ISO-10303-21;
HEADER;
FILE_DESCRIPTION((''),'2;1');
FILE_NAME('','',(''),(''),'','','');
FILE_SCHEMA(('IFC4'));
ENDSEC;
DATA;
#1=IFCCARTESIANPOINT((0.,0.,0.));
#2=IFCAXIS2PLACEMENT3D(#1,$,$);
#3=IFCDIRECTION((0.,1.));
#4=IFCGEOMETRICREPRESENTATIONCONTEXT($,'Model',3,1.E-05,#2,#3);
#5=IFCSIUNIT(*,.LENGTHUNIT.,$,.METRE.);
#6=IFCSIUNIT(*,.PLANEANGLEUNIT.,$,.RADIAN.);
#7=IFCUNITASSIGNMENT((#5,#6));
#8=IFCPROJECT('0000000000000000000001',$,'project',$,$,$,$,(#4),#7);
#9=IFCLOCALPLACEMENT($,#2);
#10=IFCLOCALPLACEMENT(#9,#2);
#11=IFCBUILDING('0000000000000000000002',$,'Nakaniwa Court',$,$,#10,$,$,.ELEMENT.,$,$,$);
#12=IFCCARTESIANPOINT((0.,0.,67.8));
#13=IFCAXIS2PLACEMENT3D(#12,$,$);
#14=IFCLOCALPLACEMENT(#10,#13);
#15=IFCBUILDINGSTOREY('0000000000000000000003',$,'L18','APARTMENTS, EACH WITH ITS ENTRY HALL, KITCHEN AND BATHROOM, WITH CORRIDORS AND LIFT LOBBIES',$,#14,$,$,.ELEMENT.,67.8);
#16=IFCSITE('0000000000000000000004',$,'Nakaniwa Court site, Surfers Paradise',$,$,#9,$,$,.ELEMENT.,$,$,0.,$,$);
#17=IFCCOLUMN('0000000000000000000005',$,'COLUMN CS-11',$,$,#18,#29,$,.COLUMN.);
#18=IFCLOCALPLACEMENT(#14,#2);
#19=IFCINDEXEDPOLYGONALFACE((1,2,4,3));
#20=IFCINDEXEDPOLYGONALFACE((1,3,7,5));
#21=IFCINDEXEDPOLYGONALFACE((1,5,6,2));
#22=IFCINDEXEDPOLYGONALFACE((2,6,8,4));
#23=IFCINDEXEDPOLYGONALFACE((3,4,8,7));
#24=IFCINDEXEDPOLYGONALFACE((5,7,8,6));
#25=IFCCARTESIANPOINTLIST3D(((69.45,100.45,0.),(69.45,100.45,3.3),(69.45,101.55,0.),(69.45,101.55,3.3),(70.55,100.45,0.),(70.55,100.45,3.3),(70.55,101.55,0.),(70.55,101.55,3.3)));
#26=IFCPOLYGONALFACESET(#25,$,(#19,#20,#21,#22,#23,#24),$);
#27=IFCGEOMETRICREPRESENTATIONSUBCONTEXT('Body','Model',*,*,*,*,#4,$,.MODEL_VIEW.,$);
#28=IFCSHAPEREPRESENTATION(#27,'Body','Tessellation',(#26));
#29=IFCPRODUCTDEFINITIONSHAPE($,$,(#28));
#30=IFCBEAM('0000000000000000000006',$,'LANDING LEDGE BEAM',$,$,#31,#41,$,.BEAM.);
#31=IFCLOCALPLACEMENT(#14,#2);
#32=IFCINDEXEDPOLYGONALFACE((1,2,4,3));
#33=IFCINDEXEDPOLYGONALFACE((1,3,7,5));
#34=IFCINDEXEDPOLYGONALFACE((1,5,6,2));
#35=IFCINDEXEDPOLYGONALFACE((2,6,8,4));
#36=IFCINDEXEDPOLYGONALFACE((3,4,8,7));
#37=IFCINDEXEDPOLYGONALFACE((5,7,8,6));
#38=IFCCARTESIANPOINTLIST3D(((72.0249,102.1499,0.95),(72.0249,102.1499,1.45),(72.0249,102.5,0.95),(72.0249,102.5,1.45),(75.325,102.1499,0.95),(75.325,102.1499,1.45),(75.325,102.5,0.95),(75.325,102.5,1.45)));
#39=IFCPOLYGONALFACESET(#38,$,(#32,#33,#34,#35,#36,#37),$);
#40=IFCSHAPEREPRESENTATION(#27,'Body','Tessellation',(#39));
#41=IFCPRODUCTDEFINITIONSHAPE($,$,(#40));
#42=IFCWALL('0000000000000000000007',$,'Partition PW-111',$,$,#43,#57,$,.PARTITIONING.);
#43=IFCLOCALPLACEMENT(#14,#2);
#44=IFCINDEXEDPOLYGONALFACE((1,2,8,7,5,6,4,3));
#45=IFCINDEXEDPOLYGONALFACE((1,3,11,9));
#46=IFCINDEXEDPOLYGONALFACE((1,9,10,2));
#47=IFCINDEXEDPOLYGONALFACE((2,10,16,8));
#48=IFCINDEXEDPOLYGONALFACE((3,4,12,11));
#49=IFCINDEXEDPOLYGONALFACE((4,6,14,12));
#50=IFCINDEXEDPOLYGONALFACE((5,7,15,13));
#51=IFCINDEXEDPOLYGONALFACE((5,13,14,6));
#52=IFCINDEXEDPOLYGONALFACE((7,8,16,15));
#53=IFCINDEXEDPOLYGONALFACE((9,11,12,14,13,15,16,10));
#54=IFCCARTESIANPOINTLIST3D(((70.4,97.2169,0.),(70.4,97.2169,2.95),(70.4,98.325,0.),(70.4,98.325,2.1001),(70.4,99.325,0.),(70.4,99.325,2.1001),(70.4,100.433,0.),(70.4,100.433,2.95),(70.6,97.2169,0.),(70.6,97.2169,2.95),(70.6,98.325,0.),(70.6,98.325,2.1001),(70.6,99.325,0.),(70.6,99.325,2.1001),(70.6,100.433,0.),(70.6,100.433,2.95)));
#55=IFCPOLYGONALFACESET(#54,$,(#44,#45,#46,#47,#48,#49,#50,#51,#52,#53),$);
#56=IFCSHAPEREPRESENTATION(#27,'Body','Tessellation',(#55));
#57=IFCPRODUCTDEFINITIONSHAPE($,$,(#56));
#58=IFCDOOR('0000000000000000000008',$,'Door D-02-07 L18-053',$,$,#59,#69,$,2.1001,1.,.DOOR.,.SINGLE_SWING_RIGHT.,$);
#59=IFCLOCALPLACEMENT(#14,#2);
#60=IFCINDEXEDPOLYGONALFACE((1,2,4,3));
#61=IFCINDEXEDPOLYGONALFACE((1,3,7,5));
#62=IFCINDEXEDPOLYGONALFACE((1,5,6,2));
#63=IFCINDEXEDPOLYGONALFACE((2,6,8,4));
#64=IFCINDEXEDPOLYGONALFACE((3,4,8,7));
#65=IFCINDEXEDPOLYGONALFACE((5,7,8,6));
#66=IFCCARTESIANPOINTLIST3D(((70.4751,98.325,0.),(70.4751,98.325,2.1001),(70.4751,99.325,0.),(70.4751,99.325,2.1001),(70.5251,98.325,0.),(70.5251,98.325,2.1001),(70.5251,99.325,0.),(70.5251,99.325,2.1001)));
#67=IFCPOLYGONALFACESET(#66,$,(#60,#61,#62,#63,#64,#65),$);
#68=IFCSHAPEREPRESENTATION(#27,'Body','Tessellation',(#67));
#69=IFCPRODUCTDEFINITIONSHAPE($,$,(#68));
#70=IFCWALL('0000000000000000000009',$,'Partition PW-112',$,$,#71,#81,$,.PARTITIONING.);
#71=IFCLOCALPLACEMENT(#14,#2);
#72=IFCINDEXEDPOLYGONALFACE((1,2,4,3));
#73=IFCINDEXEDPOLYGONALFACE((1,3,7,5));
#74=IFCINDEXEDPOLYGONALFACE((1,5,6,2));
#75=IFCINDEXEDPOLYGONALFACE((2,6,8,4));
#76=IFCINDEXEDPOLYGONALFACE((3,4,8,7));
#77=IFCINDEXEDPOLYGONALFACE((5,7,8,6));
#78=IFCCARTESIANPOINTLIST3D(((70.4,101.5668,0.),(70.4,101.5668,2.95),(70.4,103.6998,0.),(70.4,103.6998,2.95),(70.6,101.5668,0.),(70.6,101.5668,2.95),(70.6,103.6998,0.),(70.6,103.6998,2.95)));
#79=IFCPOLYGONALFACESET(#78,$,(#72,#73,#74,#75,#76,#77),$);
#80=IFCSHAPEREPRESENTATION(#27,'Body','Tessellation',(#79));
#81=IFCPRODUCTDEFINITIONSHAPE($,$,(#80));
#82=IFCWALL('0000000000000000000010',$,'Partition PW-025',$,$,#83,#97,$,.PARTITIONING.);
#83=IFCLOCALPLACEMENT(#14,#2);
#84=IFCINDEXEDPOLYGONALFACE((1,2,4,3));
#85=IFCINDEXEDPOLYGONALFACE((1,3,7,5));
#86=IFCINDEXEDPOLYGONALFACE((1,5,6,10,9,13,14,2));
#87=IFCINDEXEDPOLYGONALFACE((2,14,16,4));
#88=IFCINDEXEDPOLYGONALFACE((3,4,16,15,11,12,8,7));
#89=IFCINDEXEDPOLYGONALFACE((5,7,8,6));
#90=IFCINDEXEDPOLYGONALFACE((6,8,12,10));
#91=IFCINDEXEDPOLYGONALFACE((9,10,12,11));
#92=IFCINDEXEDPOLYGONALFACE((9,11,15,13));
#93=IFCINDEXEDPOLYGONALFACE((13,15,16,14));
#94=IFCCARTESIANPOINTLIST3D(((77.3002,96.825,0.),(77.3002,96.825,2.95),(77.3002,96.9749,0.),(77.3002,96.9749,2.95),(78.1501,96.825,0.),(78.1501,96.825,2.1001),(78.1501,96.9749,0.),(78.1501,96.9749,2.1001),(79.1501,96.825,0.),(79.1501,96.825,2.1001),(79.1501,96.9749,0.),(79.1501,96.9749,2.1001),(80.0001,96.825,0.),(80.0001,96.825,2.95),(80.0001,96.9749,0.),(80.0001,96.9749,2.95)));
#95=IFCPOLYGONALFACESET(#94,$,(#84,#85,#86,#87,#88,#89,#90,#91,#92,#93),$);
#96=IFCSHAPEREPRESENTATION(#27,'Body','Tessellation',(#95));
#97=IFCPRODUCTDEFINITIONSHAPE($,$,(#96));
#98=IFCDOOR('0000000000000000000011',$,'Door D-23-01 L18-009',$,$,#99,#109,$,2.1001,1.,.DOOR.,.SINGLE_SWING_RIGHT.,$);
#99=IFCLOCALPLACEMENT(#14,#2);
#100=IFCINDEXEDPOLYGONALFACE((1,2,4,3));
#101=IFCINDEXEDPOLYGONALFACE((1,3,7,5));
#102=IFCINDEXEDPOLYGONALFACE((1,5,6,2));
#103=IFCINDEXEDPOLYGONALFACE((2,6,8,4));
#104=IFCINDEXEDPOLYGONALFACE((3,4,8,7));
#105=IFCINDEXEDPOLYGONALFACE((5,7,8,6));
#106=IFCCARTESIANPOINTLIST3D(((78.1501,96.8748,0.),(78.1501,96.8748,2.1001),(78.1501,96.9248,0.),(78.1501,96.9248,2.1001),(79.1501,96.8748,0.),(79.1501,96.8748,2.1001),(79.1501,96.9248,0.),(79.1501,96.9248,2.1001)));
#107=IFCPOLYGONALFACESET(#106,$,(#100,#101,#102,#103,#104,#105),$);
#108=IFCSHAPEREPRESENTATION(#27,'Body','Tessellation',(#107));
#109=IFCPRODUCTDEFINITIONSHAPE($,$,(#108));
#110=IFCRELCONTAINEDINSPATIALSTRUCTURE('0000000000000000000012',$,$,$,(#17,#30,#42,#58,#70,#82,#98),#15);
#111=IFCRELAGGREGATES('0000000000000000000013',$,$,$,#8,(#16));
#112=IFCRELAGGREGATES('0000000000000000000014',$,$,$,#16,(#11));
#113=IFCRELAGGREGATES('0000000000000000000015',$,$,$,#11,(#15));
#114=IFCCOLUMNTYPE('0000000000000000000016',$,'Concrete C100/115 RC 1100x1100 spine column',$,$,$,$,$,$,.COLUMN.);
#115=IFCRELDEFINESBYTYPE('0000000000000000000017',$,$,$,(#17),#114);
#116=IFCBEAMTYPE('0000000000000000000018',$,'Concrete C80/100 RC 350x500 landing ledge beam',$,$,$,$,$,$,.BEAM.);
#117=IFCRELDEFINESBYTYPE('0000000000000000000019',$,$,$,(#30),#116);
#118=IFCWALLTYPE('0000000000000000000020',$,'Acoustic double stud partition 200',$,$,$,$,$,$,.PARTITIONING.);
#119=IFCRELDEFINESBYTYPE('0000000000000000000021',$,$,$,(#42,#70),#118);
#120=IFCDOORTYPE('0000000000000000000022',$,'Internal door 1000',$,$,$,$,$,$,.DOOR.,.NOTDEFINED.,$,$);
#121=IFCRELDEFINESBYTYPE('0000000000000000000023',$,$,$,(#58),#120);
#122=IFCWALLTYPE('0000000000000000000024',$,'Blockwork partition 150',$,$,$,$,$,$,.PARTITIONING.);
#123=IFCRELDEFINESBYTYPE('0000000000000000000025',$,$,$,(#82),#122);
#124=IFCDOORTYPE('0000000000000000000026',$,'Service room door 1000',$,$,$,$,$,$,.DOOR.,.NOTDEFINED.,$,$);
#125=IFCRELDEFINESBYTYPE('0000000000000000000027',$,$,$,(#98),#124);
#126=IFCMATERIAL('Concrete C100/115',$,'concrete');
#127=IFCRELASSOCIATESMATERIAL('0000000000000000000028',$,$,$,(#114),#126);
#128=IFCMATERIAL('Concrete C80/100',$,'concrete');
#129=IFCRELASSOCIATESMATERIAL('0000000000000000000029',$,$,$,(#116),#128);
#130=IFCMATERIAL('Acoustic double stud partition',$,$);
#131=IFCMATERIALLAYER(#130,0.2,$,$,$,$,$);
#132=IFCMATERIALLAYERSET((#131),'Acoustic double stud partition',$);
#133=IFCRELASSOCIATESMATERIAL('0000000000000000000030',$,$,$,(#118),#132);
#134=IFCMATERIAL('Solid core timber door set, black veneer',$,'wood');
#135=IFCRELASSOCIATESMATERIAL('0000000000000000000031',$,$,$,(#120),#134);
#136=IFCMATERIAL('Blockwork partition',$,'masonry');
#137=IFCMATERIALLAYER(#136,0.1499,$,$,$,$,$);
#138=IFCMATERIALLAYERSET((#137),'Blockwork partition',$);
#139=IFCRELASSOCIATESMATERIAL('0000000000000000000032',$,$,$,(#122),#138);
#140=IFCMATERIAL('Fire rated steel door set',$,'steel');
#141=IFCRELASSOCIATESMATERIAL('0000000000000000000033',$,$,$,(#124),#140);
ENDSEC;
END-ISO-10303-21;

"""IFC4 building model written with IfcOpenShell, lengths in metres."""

from ifc_helpers import new_model, si_unit, direction, frame, frame_2d, origin, origin_2d, place, context, subcontext, project, spatial, rectangle, extrude, material, layer, layer_set, material_profile, profile_set, type_object, element, fill, save


model = new_model("IFC4")

# Units and contexts
model_context = context("Model", 3, precision=1e-05, world=origin(), true_north=direction((0.0, 1.0)))
body_context = subcontext(model_context, "Body", "Model", "MODEL_VIEW")
ifc_project = project(units=[si_unit("LENGTHUNIT", "METRE"), si_unit("PLANEANGLEUNIT", "RADIAN")], contexts=[model_context])

# Site, building, storey
site_placement = place(None, origin())
site = spatial("IfcSite", under=ifc_project, at=site_placement, Name="Nakaniwa Court site, Surfers Paradise", CompositionType="ELEMENT", RefElevation=0.0)
building_placement = place(site_placement, origin())
building = spatial("IfcBuilding", under=site, at=building_placement, Name="Nakaniwa Court", CompositionType="ELEMENT")
storey_placement = place(building_placement, frame((0.0, 0.0, 67.8)))
storey = spatial("IfcBuildingStorey", under=building, at=storey_placement, Name="L18", Description="APARTMENTS, EACH WITH ITS ENTRY HALL, KITCHEN AND BATHROOM, WITH CORRIDORS AND LIFT LOBBIES", CompositionType="ELEMENT", Elevation=67.8)

# Column
ifc_material_1 = material(Name="Concrete C100/115", Category="concrete")
ifc_material_profile_1 = material_profile(ifc_material_1, rectangle(XDim=1.1001, YDim=1.1001, at=origin_2d()), Name="Concrete C100/115 RC 1100x1100 spine column")
ifc_profile_set_1 = profile_set([ifc_material_profile_1], Name="Concrete C100/115")
column_type = type_object("IfcColumnType", Name="Concrete C100/115 RC 1100x1100 spine column", PredefinedType="COLUMN", material=ifc_profile_set_1)
column_placement = place(storey_placement, frame((70.0, 101.0, 0.0), z_axis=(0.0, 0.0, 1.0), x_axis=(0.0, -1.0, 0.0)))
element("IfcColumn", 1, at=column_placement, inside=storey, type_object=column_type, Name="COLUMN CS-11", PredefinedType="COLUMN", context=body_context, shape_type="SweptSolid", body=[
    extrude(rectangle(XDim=1.1001, YDim=1.1001, at=origin_2d()), origin(), (0.0, 0.0, 1.0), 3.3),
])

# Beam
ifc_material_2 = material(Name="Concrete C80/100", Category="concrete")
ifc_material_profile_2 = material_profile(ifc_material_2, rectangle(XDim=0.3501, YDim=0.5, at=origin_2d()), Name="Concrete C80/100 RC 350x500 landing ledge beam")
ifc_profile_set_2 = profile_set([ifc_material_profile_2], Name="Concrete C80/100")
beam_type = type_object("IfcBeamType", Name="Concrete C80/100 RC 350x500 landing ledge beam", PredefinedType="BEAM", material=ifc_profile_set_2)
beam_placement = place(storey_placement, frame((72.0249, 102.325, 1.2), z_axis=(1.0, 0.0, 0.0), x_axis=(0.0, 1.0, 0.0)))
element("IfcBeam", 2, at=beam_placement, inside=storey, type_object=beam_type, Name="LANDING LEDGE BEAM", PredefinedType="BEAM", context=body_context, shape_type="SweptSolid", body=[
    extrude(rectangle(XDim=0.3501, YDim=0.5, at=origin_2d()), origin(), (0.0, 0.0, 1.0), 3.3),
])

# Wall, opening, door
ifc_material_3 = material(Name="Acoustic double stud partition")
ifc_layer_1 = layer(ifc_material_3, 0.2)
ifc_layer_set_1 = layer_set([ifc_layer_1], Name="Acoustic double stud partition")
wall_type_1 = type_object("IfcWallType", Name="Acoustic double stud partition 200", PredefinedType="PARTITIONING", material=ifc_layer_set_1)
wall_1_placement = place(storey_placement, frame((70.5, 97.217, 0.0), z_axis=(0.0, 0.0, 1.0), x_axis=(0.0, 1.0, 0.0)))
wall_1 = element("IfcWall", 3, at=wall_1_placement, inside=storey, type_object=wall_type_1, Name="Partition PW-111", PredefinedType="PARTITIONING", context=body_context, shape_type="SweptSolid", body=[
    extrude(rectangle(XDim=3.2161, YDim=0.2, at=frame_2d((1.6079, 0.0))), origin(), (0.0, 0.0, 1.0), 2.95),
])
opening_1_placement = place(wall_1_placement, frame((1.1079, 0.0, 0.0)))
opening_1 = element("IfcOpeningElement", 4, at=opening_1_placement, cuts=wall_1, PredefinedType="OPENING", context=body_context, shape_type="SweptSolid", body=[
    extrude(rectangle(XDim=1.0, YDim=2.1001, at=frame_2d((0.5, 1.05))), frame((0.0, 0.1099, 0.0), z_axis=(0.0, -1.0, 0.0), x_axis=(1.0, 0.0, 0.0)), (0.0, 0.0, 1.0), 0.22),
])
ifc_material_4 = material(Name="Solid core timber door set, black veneer", Category="wood")
door_type_1 = type_object("IfcDoorType", Name="Internal door 1000", OperationType="NOTDEFINED", PredefinedType="DOOR", material=ifc_material_4)
door_1_placement = place(opening_1_placement, origin())
door_1 = element("IfcDoor", 5, at=door_1_placement, inside=storey, type_object=door_type_1, Name="Door D-02-07 L18-053", OperationType="SINGLE_SWING_RIGHT", OverallHeight=2.1001, OverallWidth=1.0, PredefinedType="DOOR", context=body_context, shape_type="SweptSolid", body=[
    extrude(rectangle(XDim=1.0, YDim=2.1001, at=frame_2d((0.5, 1.05))), frame((0.0, 0.0249, 0.0), z_axis=(0.0, -1.0, 0.0), x_axis=(1.0, 0.0, 0.0)), (0.0, 0.0, 1.0), 0.05),
])
fill(opening_1, door_1)

# Wall
wall_2_placement = place(storey_placement, frame((70.5, 101.5669, 0.0), z_axis=(0.0, 0.0, 1.0), x_axis=(0.0, 1.0, 0.0)))
element("IfcWall", 6, at=wall_2_placement, inside=storey, type_object=wall_type_1, Name="Partition PW-112", PredefinedType="PARTITIONING", context=body_context, shape_type="SweptSolid", body=[
    extrude(rectangle(XDim=2.1331, YDim=0.2, at=frame_2d((1.0664, 0.0))), origin(), (0.0, 0.0, 1.0), 2.95),
])

# Wall, opening, door
ifc_material_5 = material(Name="Blockwork partition", Category="masonry")
ifc_layer_2 = layer(ifc_material_5, 0.1499)
ifc_layer_set_2 = layer_set([ifc_layer_2], Name="Blockwork partition")
wall_type_2 = type_object("IfcWallType", Name="Blockwork partition 150", PredefinedType="PARTITIONING", material=ifc_layer_set_2)
wall_3_placement = place(storey_placement, frame((77.3, 96.8999, 0.0), z_axis=(0.0, 0.0, 1.0), x_axis=(1.0, 0.0, 0.0)))
wall_3 = element("IfcWall", 7, at=wall_3_placement, inside=storey, type_object=wall_type_2, Name="Partition PW-025", PredefinedType="PARTITIONING", context=body_context, shape_type="SweptSolid", body=[
    extrude(rectangle(XDim=2.7, YDim=0.1499, at=frame_2d((1.3501, 0.0))), origin(), (0.0, 0.0, 1.0), 2.95),
])
opening_2_placement = place(wall_3_placement, frame((0.8501, 0.0, 0.0)))
opening_2 = element("IfcOpeningElement", 8, at=opening_2_placement, cuts=wall_3, PredefinedType="OPENING", context=body_context, shape_type="SweptSolid", body=[
    extrude(rectangle(XDim=1.0, YDim=2.1001, at=frame_2d((0.5, 1.05))), frame((0.0, 0.085, 0.0), z_axis=(0.0, -1.0, 0.0), x_axis=(1.0, 0.0, 0.0)), (0.0, 0.0, 1.0), 0.1699),
])
ifc_material_6 = material(Name="Fire rated steel door set", Category="steel")
door_type_2 = type_object("IfcDoorType", Name="Service room door 1000", OperationType="NOTDEFINED", PredefinedType="DOOR", material=ifc_material_6)
door_2_placement = place(opening_2_placement, origin())
door_2 = element("IfcDoor", 9, at=door_2_placement, inside=storey, type_object=door_type_2, Name="Door D-23-01 L18-009", OperationType="SINGLE_SWING_RIGHT", OverallHeight=2.1001, OverallWidth=1.0, PredefinedType="DOOR", context=body_context, shape_type="SweptSolid", body=[
    extrude(rectangle(XDim=1.0, YDim=2.1001, at=frame_2d((0.5, 1.05))), frame((0.0, 0.0249, 0.0), z_axis=(0.0, -1.0, 0.0), x_axis=(1.0, 0.0, 0.0)), (0.0, 0.0, 1.0), 0.05),
])
fill(opening_2, door_2)

save(model, "model.ifc")
